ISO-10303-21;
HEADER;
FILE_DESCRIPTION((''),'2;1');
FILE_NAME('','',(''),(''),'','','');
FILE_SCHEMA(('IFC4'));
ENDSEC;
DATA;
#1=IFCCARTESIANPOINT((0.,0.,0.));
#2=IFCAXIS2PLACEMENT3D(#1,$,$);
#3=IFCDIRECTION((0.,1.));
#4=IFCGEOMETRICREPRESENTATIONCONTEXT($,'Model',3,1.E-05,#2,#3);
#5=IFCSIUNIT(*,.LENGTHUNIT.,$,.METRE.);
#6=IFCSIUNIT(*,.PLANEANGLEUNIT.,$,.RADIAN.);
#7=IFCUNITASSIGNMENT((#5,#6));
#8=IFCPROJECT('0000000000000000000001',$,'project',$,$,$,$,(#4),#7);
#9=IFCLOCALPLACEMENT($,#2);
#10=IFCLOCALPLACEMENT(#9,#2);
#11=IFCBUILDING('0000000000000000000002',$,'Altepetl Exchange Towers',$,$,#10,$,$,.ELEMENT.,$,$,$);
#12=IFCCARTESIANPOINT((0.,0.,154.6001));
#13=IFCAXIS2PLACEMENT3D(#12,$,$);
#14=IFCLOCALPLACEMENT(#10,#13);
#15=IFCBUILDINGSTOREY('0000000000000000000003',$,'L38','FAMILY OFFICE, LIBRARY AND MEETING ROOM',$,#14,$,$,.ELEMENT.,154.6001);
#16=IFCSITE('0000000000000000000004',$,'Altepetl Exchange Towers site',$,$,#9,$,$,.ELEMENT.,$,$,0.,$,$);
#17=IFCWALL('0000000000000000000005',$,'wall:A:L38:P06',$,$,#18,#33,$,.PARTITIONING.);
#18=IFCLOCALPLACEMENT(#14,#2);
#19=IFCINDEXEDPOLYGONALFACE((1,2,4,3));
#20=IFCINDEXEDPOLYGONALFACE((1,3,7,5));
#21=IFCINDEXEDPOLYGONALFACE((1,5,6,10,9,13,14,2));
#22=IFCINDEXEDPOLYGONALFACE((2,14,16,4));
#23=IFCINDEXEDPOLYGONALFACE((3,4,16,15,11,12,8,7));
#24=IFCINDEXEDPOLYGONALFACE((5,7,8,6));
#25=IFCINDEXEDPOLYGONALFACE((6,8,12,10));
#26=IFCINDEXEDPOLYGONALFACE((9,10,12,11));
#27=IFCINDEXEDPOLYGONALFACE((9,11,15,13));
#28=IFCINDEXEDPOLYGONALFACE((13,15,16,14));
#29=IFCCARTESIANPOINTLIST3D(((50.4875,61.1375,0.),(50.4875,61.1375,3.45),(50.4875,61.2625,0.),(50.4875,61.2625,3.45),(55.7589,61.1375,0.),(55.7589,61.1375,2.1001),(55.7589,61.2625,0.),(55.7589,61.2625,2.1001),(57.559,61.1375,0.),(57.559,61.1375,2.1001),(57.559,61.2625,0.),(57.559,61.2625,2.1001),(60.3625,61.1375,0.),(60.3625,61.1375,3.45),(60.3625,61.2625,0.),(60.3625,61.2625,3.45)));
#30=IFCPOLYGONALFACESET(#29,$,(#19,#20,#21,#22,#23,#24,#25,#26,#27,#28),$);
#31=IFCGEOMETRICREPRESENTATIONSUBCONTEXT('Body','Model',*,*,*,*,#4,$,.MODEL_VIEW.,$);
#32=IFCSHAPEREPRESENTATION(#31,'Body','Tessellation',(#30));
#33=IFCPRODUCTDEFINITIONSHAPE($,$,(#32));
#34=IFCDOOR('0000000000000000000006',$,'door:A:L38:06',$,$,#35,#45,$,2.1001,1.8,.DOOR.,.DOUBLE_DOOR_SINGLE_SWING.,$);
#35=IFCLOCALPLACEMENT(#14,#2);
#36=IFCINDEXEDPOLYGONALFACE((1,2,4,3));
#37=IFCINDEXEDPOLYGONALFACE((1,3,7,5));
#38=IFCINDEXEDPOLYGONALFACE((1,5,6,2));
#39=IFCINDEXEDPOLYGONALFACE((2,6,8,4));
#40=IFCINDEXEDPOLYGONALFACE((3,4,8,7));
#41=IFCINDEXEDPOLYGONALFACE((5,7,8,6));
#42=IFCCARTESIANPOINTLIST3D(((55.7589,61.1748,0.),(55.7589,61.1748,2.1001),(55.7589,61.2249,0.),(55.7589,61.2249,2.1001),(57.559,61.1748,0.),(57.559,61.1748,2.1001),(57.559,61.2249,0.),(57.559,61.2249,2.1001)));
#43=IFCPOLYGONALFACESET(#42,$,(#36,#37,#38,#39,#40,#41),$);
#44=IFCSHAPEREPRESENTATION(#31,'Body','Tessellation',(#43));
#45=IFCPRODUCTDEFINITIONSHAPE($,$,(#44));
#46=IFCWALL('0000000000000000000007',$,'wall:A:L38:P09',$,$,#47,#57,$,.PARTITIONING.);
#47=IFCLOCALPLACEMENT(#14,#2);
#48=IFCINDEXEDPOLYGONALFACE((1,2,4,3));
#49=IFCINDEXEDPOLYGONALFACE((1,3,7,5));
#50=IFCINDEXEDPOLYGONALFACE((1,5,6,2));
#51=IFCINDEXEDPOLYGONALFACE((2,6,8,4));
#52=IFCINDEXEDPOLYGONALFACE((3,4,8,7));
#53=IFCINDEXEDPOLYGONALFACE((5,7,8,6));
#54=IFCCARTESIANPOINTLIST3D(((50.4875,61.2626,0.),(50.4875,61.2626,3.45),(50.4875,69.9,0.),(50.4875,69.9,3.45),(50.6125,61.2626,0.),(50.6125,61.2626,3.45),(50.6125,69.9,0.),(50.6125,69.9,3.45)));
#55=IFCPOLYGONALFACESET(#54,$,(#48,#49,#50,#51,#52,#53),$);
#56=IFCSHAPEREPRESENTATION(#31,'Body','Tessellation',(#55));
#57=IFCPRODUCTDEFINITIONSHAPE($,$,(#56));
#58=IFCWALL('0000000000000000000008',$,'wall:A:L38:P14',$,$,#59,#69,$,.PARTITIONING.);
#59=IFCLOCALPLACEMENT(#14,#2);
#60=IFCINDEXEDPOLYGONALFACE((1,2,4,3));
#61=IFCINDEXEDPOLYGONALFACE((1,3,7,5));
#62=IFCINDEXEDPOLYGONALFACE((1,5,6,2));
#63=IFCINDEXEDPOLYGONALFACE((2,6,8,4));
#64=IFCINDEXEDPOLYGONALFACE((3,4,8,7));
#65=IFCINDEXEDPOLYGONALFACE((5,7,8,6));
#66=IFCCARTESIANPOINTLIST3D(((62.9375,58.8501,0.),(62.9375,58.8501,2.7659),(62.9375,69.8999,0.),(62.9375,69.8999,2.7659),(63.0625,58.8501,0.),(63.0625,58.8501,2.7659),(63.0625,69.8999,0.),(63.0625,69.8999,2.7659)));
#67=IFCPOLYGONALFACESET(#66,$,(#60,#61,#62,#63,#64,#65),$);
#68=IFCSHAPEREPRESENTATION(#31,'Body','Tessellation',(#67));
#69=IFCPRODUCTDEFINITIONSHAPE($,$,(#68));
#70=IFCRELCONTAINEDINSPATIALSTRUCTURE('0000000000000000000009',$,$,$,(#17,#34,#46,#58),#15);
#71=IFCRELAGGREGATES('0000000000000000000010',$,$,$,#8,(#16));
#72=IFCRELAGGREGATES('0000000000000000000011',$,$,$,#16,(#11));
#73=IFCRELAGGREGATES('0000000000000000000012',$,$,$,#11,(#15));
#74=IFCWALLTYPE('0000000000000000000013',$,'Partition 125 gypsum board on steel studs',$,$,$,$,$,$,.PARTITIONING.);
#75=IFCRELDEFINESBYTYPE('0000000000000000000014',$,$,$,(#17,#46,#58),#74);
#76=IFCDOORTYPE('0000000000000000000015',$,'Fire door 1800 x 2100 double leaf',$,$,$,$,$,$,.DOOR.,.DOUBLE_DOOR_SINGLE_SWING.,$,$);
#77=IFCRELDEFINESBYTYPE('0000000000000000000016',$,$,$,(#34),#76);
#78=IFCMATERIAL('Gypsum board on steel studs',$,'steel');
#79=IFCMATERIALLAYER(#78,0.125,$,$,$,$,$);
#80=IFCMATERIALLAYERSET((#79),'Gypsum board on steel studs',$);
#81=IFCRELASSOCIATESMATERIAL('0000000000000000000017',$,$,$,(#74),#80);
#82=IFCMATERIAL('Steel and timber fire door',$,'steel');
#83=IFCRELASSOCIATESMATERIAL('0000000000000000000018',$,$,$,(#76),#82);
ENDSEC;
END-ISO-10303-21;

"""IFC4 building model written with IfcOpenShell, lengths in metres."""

from ifc_helpers import new_model, si_unit, direction, frame, frame_2d, origin, place, context, subcontext, project, spatial, rectangle, extrude, material, layer, layer_set, type_object, element, fill, save


model = new_model("IFC4")

# Units and contexts
model_context = context("Model", 3, precision=1e-05, world=origin(), true_north=direction((0.0, 1.0)))
body_context = subcontext(model_context, "Body", "Model", "MODEL_VIEW")
ifc_project = project(units=[si_unit("LENGTHUNIT", "METRE"), si_unit("PLANEANGLEUNIT", "RADIAN")], contexts=[model_context])

# Site, building, storey
site_placement = place(None, origin())
site = spatial("IfcSite", under=ifc_project, at=site_placement, Name="Altepetl Exchange Towers site", CompositionType="ELEMENT", RefElevation=0.0)
building_placement = place(site_placement, origin())
building = spatial("IfcBuilding", under=site, at=building_placement, Name="Altepetl Exchange Towers", CompositionType="ELEMENT")
storey_placement = place(building_placement, frame((0.0, 0.0, 154.6001)))
storey = spatial("IfcBuildingStorey", under=building, at=storey_placement, Name="L38", Description="FAMILY OFFICE, LIBRARY AND MEETING ROOM", CompositionType="ELEMENT", Elevation=154.6001)

# Shared definitions
ifc_material_1 = material(Name="Gypsum board on steel studs", Category="steel")
ifc_layer_1 = layer(ifc_material_1, 0.125)
ifc_layer_set_1 = layer_set([ifc_layer_1], Name="Gypsum board on steel studs")
wall_type = type_object("IfcWallType", Name="Partition 125 gypsum board on steel studs", PredefinedType="PARTITIONING", material=ifc_layer_set_1)

# Wall, opening, door
wall_1_placement = place(storey_placement, frame((50.4875, 61.2, 0.0)))
wall_1 = element("IfcWall", 1, at=wall_1_placement, inside=storey, type_object=wall_type, Name="wall:A:L38:P06", PredefinedType="PARTITIONING", context=body_context, shape_type="SweptSolid", body=[
    extrude(rectangle(XDim=9.875, YDim=0.125, at=frame_2d((4.9375, 0.0))), origin(), (0.0, 0.0, 1.0), 3.45),
])
opening_placement = place(wall_1_placement, frame((5.2715, 0.0, 0.0)))
opening = element("IfcOpeningElement", 2, at=opening_placement, cuts=wall_1, PredefinedType="OPENING", context=body_context, shape_type="SweptSolid", body=[
    extrude(rectangle(XDim=1.8, YDim=2.1001, at=frame_2d((0.8999, 1.05))), frame((0.0, 0.0725, 0.0), z_axis=(0.0, -1.0, 0.0), x_axis=(1.0, 0.0, 0.0)), (0.0, 0.0, 1.0), 0.145),
])
ifc_material_2 = material(Name="Steel and timber fire door", Category="steel")
door_type = type_object("IfcDoorType", Name="Fire door 1800 x 2100 double leaf", OperationType="DOUBLE_DOOR_SINGLE_SWING", PredefinedType="DOOR", material=ifc_material_2)
door_placement = place(opening_placement, origin())
door = element("IfcDoor", 3, at=door_placement, inside=storey, type_object=door_type, Name="door:A:L38:06", OperationType="DOUBLE_DOOR_SINGLE_SWING", OverallHeight=2.1001, OverallWidth=1.8, PredefinedType="DOOR", context=body_context, shape_type="SweptSolid", body=[
    extrude(rectangle(XDim=1.8, YDim=2.1001, at=frame_2d((0.8999, 1.05))), frame((0.0, 0.0249, 0.0), z_axis=(0.0, -1.0, 0.0), x_axis=(1.0, 0.0, 0.0)), (0.0, 0.0, 1.0), 0.05),
])
fill(opening, door)

# Walls
wall_2_placement = place(storey_placement, frame((50.55, 61.2625, 0.0), z_axis=(0.0, 0.0, 1.0), x_axis=(0.0, 1.0, 0.0)))
element("IfcWall", 4, at=wall_2_placement, inside=storey, type_object=wall_type, Name="wall:A:L38:P09", PredefinedType="PARTITIONING", context=body_context, shape_type="SweptSolid", body=[
    extrude(rectangle(XDim=8.6375, YDim=0.125, at=frame_2d((4.3188, 0.0))), origin(), (0.0, 0.0, 1.0), 3.45),
])
wall_3_placement = place(storey_placement, frame((63.0, 58.8501, 0.0), z_axis=(0.0, 0.0, 1.0), x_axis=(0.0, 1.0, 0.0)))
element("IfcWall", 5, at=wall_3_placement, inside=storey, type_object=wall_type, Name="wall:A:L38:P14", PredefinedType="PARTITIONING", context=body_context, shape_type="SweptSolid", body=[
    extrude(rectangle(XDim=11.0498, YDim=0.125, at=frame_2d((5.5249, 0.0))), origin(), (0.0, 0.0, 1.0), 2.7659),
])

save(model, "model.ifc")
